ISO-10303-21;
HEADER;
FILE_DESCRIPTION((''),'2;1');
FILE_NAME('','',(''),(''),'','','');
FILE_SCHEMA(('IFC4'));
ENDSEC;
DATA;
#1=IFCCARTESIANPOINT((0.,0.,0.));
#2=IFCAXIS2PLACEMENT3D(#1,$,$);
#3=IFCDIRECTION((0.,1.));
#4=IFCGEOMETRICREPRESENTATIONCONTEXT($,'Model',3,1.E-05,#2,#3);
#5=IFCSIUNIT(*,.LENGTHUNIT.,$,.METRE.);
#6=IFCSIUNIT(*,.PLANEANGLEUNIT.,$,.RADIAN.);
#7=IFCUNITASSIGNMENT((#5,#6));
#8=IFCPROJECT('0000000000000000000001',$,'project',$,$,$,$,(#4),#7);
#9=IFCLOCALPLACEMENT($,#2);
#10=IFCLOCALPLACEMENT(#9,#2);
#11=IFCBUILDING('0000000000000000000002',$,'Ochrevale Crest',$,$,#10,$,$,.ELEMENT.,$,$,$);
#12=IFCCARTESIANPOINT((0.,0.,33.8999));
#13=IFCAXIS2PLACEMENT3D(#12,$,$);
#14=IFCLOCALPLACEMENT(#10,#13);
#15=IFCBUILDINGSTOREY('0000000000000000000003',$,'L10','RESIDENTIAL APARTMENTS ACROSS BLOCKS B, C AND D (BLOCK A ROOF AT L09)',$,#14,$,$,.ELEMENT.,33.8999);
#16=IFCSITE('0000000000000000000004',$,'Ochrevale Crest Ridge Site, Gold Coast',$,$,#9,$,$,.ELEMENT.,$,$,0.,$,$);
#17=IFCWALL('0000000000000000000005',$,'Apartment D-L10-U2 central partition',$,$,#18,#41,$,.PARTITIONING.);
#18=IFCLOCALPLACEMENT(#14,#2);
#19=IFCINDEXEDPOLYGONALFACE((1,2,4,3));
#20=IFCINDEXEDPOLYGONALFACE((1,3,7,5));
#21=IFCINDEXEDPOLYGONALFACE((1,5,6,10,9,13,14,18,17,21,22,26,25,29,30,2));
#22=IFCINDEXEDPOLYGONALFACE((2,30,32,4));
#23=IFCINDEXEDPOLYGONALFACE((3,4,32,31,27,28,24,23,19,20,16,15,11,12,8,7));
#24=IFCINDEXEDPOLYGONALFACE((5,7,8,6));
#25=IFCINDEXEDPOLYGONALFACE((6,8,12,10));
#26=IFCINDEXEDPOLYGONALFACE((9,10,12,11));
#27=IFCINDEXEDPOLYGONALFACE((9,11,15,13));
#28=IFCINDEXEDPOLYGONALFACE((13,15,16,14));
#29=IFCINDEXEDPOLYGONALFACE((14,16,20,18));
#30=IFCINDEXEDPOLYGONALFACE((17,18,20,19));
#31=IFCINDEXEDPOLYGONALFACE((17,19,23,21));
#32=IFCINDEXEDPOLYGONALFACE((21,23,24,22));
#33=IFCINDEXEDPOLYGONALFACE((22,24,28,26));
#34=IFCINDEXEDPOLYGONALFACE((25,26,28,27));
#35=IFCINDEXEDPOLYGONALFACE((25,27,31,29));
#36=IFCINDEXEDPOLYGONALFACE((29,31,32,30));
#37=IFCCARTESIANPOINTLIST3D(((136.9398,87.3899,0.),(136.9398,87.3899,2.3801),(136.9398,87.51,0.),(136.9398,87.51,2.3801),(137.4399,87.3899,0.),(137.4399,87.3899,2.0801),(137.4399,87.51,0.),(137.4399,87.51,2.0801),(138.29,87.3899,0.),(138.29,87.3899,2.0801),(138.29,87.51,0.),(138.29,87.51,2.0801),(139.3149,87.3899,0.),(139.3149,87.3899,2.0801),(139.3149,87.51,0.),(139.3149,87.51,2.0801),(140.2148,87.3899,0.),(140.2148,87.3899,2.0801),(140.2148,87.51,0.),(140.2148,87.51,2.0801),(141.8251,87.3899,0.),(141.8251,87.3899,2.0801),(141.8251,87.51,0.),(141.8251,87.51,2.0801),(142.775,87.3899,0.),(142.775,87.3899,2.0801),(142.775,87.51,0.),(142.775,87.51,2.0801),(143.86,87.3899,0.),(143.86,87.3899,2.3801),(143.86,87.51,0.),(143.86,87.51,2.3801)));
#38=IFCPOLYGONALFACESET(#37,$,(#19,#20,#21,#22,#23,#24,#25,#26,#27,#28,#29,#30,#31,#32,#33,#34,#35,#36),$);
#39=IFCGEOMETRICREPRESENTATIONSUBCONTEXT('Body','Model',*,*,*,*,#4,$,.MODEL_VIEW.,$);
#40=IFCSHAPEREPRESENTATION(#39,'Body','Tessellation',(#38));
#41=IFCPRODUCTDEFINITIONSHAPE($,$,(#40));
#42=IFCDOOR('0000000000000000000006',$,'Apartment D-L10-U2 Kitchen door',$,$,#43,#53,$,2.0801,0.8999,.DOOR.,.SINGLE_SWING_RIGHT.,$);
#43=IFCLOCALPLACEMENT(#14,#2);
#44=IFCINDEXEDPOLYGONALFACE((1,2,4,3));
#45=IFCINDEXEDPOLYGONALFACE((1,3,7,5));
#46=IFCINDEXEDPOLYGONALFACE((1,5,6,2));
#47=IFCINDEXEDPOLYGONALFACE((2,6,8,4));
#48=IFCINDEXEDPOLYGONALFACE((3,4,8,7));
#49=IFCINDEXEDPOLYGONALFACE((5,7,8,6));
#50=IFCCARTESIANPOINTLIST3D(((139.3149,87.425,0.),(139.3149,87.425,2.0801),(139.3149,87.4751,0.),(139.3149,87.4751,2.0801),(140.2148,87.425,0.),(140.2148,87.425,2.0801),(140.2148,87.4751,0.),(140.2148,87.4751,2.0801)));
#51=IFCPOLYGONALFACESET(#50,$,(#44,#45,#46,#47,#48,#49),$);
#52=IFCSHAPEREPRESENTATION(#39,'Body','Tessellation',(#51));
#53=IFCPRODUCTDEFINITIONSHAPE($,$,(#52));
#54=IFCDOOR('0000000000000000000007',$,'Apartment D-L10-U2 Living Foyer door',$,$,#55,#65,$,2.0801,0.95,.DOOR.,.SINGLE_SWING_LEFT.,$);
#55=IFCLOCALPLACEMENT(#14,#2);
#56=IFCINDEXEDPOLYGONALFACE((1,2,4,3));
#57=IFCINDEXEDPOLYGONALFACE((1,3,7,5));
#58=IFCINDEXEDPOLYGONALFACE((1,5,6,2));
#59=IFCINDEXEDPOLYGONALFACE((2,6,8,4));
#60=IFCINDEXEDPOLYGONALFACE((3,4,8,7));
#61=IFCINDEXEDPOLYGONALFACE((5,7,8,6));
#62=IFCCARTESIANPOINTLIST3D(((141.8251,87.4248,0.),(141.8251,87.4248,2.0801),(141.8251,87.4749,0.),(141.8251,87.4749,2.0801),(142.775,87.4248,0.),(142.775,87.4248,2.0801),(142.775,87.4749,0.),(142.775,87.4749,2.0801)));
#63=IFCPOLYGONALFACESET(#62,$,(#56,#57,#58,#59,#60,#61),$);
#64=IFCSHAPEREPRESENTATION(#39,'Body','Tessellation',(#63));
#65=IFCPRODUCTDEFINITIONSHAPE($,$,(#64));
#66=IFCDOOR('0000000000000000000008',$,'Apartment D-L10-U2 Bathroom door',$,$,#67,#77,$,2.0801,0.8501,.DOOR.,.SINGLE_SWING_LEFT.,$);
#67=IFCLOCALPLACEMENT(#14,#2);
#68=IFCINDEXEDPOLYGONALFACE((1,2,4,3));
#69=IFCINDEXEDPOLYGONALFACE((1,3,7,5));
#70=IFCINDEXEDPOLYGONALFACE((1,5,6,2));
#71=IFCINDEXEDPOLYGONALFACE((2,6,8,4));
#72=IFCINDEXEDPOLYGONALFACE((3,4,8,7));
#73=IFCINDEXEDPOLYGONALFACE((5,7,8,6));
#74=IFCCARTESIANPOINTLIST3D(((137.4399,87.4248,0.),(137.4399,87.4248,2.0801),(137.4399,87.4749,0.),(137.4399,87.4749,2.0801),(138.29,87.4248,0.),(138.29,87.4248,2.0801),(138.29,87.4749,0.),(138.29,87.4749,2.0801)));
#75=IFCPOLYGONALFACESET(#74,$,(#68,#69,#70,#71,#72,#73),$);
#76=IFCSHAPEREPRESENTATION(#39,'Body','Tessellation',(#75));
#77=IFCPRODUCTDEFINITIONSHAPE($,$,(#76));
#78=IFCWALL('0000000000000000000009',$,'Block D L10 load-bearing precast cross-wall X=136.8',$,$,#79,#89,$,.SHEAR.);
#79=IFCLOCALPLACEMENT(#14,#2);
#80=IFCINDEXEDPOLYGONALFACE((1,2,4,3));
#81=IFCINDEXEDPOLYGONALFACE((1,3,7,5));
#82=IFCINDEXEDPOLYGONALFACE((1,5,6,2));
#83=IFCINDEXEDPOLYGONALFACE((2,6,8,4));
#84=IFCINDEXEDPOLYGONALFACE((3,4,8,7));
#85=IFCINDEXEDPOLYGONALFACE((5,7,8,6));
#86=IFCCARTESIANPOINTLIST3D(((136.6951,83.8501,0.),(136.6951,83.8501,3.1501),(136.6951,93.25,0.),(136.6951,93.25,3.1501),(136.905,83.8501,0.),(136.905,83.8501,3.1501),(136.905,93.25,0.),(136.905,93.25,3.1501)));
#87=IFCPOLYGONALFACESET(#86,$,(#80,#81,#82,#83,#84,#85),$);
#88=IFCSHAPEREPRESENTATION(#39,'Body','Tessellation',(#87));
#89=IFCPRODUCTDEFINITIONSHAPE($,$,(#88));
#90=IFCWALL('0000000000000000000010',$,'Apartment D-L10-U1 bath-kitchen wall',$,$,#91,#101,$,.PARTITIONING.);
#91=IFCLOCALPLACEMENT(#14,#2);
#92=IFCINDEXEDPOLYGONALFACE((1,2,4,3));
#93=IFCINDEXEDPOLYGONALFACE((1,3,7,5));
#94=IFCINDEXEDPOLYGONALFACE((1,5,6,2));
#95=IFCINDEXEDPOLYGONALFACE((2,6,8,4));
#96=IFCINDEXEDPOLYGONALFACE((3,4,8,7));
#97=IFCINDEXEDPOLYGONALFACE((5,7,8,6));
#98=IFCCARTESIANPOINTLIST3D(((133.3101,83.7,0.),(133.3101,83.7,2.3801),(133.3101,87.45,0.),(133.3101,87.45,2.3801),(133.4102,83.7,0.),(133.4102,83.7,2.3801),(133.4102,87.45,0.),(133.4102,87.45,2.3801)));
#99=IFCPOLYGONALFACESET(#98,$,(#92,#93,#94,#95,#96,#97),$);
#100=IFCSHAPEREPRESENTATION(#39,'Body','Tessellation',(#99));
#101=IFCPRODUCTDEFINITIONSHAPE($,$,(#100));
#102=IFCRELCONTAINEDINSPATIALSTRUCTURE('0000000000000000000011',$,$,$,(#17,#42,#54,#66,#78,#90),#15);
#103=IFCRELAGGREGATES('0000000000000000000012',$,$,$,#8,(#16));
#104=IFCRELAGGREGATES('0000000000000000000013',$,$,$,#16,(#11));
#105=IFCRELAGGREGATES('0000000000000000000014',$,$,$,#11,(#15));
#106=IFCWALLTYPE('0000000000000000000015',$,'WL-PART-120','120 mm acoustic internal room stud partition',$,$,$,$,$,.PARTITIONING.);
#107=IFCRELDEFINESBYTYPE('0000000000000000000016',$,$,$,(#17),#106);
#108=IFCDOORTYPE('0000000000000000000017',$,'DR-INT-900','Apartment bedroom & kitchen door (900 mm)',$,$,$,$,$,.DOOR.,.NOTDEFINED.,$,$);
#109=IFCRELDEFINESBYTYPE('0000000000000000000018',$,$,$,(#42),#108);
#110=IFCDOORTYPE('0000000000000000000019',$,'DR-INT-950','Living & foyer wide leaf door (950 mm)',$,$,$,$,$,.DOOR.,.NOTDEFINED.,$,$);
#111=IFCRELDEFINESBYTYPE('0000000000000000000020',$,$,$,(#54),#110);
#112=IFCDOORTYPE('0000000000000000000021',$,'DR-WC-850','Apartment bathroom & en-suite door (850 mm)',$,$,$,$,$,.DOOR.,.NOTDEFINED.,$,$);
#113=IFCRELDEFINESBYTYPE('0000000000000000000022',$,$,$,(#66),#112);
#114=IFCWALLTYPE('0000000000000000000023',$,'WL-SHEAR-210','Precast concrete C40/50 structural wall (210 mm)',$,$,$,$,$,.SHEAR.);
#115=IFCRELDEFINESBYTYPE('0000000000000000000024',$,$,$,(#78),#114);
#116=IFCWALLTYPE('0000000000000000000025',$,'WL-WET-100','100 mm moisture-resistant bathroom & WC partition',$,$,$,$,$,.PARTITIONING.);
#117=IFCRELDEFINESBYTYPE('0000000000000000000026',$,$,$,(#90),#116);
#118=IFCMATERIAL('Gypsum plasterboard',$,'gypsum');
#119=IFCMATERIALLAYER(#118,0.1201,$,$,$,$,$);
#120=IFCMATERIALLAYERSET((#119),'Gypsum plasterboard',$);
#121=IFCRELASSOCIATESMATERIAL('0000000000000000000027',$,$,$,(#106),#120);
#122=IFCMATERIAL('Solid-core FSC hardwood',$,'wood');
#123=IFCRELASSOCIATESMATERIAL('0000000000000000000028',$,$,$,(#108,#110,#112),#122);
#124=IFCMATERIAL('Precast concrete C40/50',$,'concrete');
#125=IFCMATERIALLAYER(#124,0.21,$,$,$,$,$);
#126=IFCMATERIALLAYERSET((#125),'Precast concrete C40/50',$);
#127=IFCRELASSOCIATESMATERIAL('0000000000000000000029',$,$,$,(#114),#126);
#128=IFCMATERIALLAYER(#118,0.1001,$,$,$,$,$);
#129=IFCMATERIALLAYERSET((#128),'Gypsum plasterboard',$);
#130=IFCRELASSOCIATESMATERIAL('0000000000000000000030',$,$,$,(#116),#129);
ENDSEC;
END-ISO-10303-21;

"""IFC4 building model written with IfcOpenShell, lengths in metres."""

from ifc_helpers import new_model, si_unit, direction, frame, frame_2d, origin, place, context, subcontext, project, spatial, rectangle, extrude, material, layer, layer_set, type_object, element, fill, save


model = new_model("IFC4")

# Units and contexts
model_context = context("Model", 3, precision=1e-05, world=origin(), true_north=direction((0.0, 1.0)))
body_context = subcontext(model_context, "Body", "Model", "MODEL_VIEW")
ifc_project = project(units=[si_unit("LENGTHUNIT", "METRE"), si_unit("PLANEANGLEUNIT", "RADIAN")], contexts=[model_context])

# Site, building, storey
site_placement = place(None, origin())
site = spatial("IfcSite", under=ifc_project, at=site_placement, Name="Ochrevale Crest Ridge Site, Gold Coast", CompositionType="ELEMENT", RefElevation=0.0)
building_placement = place(site_placement, origin())
building = spatial("IfcBuilding", under=site, at=building_placement, Name="Ochrevale Crest", CompositionType="ELEMENT")
storey_placement = place(building_placement, frame((0.0, 0.0, 33.8999)))
storey = spatial("IfcBuildingStorey", under=building, at=storey_placement, Name="L10", Description="RESIDENTIAL APARTMENTS ACROSS BLOCKS B, C AND D (BLOCK A ROOF AT L09)", CompositionType="ELEMENT", Elevation=33.8999)

# Shared definitions
ifc_material_1 = material(Name="Precast concrete C40/50", Category="concrete")

# Shared definitions
ifc_material_2 = material(Name="Gypsum plasterboard", Category="gypsum")
ifc_material_3 = material(Name="Solid-core FSC hardwood", Category="wood")

# Shared definitions
ifc_layer_1 = layer(ifc_material_2, 0.1201)
ifc_layer_set_1 = layer_set([ifc_layer_1], Name="Gypsum plasterboard")
wall_type_1 = type_object("IfcWallType", Name="WL-PART-120", Description="120 mm acoustic internal room stud partition", PredefinedType="PARTITIONING", material=ifc_layer_set_1)

# Wall, openings, doors
wall_1_placement = place(storey_placement, frame((136.9399, 87.45, 0.0), z_axis=(0.0, 0.0, 1.0), x_axis=(1.0, 0.0, 0.0)))
wall_1 = element("IfcWall", 1, at=wall_1_placement, inside=storey, type_object=wall_type_1, Name="Apartment D-L10-U2 central partition", PredefinedType="PARTITIONING", context=body_context, shape_type="SweptSolid", body=[
    extrude(rectangle(XDim=6.9202, YDim=0.1201, at=frame_2d((3.46, 0.0))), origin(), (0.0, 0.0, 1.0), 2.3801),
])
opening_1_placement = place(wall_1_placement, frame((0.5, 0.0, 0.0)))
opening_1 = element("IfcOpeningElement", 2, at=opening_1_placement, cuts=wall_1, PredefinedType="OPENING", context=body_context, shape_type="SweptSolid", body=[
    extrude(rectangle(XDim=0.8501, YDim=2.0801, at=frame_2d((0.425, 1.04))), frame((0.0, 0.0701, 0.0), z_axis=(0.0, -1.0, 0.0), x_axis=(1.0, 0.0, 0.0)), (0.0, 0.0, 1.0), 0.1401),
])
opening_2_placement = place(wall_1_placement, frame((3.2749, 0.0, 0.0), z_axis=(0.0, 0.0, 1.0), x_axis=(-1.0, 0.0, 0.0)))
opening_2 = element("IfcOpeningElement", 3, at=opening_2_placement, cuts=wall_1, PredefinedType="OPENING", context=body_context, shape_type="SweptSolid", body=[
    extrude(rectangle(XDim=0.8999, YDim=2.0801, at=frame_2d((0.45, 1.04))), frame((0.0, 0.0701, 0.0), z_axis=(0.0, -1.0, 0.0), x_axis=(1.0, 0.0, 0.0)), (0.0, 0.0, 1.0), 0.1401),
])
opening_3_placement = place(wall_1_placement, frame((4.885, 0.0, 0.0)))
opening_3 = element("IfcOpeningElement", 4, at=opening_3_placement, cuts=wall_1, PredefinedType="OPENING", context=body_context, shape_type="SweptSolid", body=[
    extrude(rectangle(XDim=0.95, YDim=2.0801, at=frame_2d((0.4751, 1.04))), frame((0.0, 0.0701, 0.0), z_axis=(0.0, -1.0, 0.0), x_axis=(1.0, 0.0, 0.0)), (0.0, 0.0, 1.0), 0.1401),
])
door_type_1 = type_object("IfcDoorType", Name="DR-INT-900", Description="Apartment bedroom & kitchen door (900 mm)", OperationType="NOTDEFINED", PredefinedType="DOOR", material=ifc_material_3)
door_1_placement = place(opening_2_placement, origin())
door_1 = element("IfcDoor", 5, at=door_1_placement, inside=storey, type_object=door_type_1, Name="Apartment D-L10-U2 Kitchen door", OperationType="SINGLE_SWING_RIGHT", OverallHeight=2.0801, OverallWidth=0.8999, PredefinedType="DOOR", context=body_context, shape_type="SweptSolid", body=[
    extrude(rectangle(XDim=0.8999, YDim=2.0801, at=frame_2d((0.45, 1.04))), frame((0.0, 0.0249, 0.0), z_axis=(0.0, -1.0, 0.0), x_axis=(1.0, 0.0, 0.0)), (0.0, 0.0, 1.0), 0.05),
])
fill(opening_2, door_1)
door_type_2 = type_object("IfcDoorType", Name="DR-INT-950", Description="Living & foyer wide leaf door (950 mm)", OperationType="NOTDEFINED", PredefinedType="DOOR", material=ifc_material_3)
door_2_placement = place(opening_3_placement, origin())
door_2 = element("IfcDoor", 6, at=door_2_placement, inside=storey, type_object=door_type_2, Name="Apartment D-L10-U2 Living Foyer door", OperationType="SINGLE_SWING_LEFT", OverallHeight=2.0801, OverallWidth=0.95, PredefinedType="DOOR", context=body_context, shape_type="SweptSolid", body=[
    extrude(rectangle(XDim=0.95, YDim=2.0801, at=frame_2d((0.4751, 1.04))), frame((0.0, 0.0249, 0.0), z_axis=(0.0, -1.0, 0.0), x_axis=(1.0, 0.0, 0.0)), (0.0, 0.0, 1.0), 0.05),
])
fill(opening_3, door_2)
door_type_3 = type_object("IfcDoorType", Name="DR-WC-850", Description="Apartment bathroom & en-suite door (850 mm)", OperationType="NOTDEFINED", PredefinedType="DOOR", material=ifc_material_3)
door_3_placement = place(opening_1_placement, origin())
door_3 = element("IfcDoor", 7, at=door_3_placement, inside=storey, type_object=door_type_3, Name="Apartment D-L10-U2 Bathroom door", OperationType="SINGLE_SWING_LEFT", OverallHeight=2.0801, OverallWidth=0.8501, PredefinedType="DOOR", context=body_context, shape_type="SweptSolid", body=[
    extrude(rectangle(XDim=0.8501, YDim=2.0801, at=frame_2d((0.425, 1.04))), frame((0.0, 0.0249, 0.0), z_axis=(0.0, -1.0, 0.0), x_axis=(1.0, 0.0, 0.0)), (0.0, 0.0, 1.0), 0.05),
])
fill(opening_1, door_3)

# Walls
ifc_layer_2 = layer(ifc_material_1, 0.21)
ifc_layer_set_2 = layer_set([ifc_layer_2], Name="Precast concrete C40/50")
wall_type_2 = type_object("IfcWallType", Name="WL-SHEAR-210", Description="Precast concrete C40/50 structural wall (210 mm)", PredefinedType="SHEAR", material=ifc_layer_set_2)
wall_2_placement = place(storey_placement, frame((136.8, 83.8501, 0.0), z_axis=(0.0, 0.0, 1.0), x_axis=(0.0, 1.0, 0.0)))
element("IfcWall", 8, at=wall_2_placement, inside=storey, type_object=wall_type_2, Name="Block D L10 load-bearing precast cross-wall X=136.8", PredefinedType="SHEAR", context=body_context, shape_type="SweptSolid", body=[
    extrude(rectangle(XDim=9.3999, YDim=0.21, at=frame_2d((4.7, 0.0))), origin(), (0.0, 0.0, 1.0), 3.1501),
])
ifc_layer_3 = layer(ifc_material_2, 0.1001)
ifc_layer_set_3 = layer_set([ifc_layer_3], Name="Gypsum plasterboard")
wall_type_3 = type_object("IfcWallType", Name="WL-WET-100", Description="100 mm moisture-resistant bathroom & WC partition", PredefinedType="PARTITIONING", material=ifc_layer_set_3)
wall_3_placement = place(storey_placement, frame((133.3601, 83.7, 0.0), z_axis=(0.0, 0.0, 1.0), x_axis=(0.0, 1.0, 0.0)))
element("IfcWall", 9, at=wall_3_placement, inside=storey, type_object=wall_type_3, Name="Apartment D-L10-U1 bath-kitchen wall", PredefinedType="PARTITIONING", context=body_context, shape_type="SweptSolid", body=[
    extrude(rectangle(XDim=3.75, YDim=0.1001, at=frame_2d((1.875, 0.0))), origin(), (0.0, 0.0, 1.0), 2.3801),
])

save(model, "model.ifc")
